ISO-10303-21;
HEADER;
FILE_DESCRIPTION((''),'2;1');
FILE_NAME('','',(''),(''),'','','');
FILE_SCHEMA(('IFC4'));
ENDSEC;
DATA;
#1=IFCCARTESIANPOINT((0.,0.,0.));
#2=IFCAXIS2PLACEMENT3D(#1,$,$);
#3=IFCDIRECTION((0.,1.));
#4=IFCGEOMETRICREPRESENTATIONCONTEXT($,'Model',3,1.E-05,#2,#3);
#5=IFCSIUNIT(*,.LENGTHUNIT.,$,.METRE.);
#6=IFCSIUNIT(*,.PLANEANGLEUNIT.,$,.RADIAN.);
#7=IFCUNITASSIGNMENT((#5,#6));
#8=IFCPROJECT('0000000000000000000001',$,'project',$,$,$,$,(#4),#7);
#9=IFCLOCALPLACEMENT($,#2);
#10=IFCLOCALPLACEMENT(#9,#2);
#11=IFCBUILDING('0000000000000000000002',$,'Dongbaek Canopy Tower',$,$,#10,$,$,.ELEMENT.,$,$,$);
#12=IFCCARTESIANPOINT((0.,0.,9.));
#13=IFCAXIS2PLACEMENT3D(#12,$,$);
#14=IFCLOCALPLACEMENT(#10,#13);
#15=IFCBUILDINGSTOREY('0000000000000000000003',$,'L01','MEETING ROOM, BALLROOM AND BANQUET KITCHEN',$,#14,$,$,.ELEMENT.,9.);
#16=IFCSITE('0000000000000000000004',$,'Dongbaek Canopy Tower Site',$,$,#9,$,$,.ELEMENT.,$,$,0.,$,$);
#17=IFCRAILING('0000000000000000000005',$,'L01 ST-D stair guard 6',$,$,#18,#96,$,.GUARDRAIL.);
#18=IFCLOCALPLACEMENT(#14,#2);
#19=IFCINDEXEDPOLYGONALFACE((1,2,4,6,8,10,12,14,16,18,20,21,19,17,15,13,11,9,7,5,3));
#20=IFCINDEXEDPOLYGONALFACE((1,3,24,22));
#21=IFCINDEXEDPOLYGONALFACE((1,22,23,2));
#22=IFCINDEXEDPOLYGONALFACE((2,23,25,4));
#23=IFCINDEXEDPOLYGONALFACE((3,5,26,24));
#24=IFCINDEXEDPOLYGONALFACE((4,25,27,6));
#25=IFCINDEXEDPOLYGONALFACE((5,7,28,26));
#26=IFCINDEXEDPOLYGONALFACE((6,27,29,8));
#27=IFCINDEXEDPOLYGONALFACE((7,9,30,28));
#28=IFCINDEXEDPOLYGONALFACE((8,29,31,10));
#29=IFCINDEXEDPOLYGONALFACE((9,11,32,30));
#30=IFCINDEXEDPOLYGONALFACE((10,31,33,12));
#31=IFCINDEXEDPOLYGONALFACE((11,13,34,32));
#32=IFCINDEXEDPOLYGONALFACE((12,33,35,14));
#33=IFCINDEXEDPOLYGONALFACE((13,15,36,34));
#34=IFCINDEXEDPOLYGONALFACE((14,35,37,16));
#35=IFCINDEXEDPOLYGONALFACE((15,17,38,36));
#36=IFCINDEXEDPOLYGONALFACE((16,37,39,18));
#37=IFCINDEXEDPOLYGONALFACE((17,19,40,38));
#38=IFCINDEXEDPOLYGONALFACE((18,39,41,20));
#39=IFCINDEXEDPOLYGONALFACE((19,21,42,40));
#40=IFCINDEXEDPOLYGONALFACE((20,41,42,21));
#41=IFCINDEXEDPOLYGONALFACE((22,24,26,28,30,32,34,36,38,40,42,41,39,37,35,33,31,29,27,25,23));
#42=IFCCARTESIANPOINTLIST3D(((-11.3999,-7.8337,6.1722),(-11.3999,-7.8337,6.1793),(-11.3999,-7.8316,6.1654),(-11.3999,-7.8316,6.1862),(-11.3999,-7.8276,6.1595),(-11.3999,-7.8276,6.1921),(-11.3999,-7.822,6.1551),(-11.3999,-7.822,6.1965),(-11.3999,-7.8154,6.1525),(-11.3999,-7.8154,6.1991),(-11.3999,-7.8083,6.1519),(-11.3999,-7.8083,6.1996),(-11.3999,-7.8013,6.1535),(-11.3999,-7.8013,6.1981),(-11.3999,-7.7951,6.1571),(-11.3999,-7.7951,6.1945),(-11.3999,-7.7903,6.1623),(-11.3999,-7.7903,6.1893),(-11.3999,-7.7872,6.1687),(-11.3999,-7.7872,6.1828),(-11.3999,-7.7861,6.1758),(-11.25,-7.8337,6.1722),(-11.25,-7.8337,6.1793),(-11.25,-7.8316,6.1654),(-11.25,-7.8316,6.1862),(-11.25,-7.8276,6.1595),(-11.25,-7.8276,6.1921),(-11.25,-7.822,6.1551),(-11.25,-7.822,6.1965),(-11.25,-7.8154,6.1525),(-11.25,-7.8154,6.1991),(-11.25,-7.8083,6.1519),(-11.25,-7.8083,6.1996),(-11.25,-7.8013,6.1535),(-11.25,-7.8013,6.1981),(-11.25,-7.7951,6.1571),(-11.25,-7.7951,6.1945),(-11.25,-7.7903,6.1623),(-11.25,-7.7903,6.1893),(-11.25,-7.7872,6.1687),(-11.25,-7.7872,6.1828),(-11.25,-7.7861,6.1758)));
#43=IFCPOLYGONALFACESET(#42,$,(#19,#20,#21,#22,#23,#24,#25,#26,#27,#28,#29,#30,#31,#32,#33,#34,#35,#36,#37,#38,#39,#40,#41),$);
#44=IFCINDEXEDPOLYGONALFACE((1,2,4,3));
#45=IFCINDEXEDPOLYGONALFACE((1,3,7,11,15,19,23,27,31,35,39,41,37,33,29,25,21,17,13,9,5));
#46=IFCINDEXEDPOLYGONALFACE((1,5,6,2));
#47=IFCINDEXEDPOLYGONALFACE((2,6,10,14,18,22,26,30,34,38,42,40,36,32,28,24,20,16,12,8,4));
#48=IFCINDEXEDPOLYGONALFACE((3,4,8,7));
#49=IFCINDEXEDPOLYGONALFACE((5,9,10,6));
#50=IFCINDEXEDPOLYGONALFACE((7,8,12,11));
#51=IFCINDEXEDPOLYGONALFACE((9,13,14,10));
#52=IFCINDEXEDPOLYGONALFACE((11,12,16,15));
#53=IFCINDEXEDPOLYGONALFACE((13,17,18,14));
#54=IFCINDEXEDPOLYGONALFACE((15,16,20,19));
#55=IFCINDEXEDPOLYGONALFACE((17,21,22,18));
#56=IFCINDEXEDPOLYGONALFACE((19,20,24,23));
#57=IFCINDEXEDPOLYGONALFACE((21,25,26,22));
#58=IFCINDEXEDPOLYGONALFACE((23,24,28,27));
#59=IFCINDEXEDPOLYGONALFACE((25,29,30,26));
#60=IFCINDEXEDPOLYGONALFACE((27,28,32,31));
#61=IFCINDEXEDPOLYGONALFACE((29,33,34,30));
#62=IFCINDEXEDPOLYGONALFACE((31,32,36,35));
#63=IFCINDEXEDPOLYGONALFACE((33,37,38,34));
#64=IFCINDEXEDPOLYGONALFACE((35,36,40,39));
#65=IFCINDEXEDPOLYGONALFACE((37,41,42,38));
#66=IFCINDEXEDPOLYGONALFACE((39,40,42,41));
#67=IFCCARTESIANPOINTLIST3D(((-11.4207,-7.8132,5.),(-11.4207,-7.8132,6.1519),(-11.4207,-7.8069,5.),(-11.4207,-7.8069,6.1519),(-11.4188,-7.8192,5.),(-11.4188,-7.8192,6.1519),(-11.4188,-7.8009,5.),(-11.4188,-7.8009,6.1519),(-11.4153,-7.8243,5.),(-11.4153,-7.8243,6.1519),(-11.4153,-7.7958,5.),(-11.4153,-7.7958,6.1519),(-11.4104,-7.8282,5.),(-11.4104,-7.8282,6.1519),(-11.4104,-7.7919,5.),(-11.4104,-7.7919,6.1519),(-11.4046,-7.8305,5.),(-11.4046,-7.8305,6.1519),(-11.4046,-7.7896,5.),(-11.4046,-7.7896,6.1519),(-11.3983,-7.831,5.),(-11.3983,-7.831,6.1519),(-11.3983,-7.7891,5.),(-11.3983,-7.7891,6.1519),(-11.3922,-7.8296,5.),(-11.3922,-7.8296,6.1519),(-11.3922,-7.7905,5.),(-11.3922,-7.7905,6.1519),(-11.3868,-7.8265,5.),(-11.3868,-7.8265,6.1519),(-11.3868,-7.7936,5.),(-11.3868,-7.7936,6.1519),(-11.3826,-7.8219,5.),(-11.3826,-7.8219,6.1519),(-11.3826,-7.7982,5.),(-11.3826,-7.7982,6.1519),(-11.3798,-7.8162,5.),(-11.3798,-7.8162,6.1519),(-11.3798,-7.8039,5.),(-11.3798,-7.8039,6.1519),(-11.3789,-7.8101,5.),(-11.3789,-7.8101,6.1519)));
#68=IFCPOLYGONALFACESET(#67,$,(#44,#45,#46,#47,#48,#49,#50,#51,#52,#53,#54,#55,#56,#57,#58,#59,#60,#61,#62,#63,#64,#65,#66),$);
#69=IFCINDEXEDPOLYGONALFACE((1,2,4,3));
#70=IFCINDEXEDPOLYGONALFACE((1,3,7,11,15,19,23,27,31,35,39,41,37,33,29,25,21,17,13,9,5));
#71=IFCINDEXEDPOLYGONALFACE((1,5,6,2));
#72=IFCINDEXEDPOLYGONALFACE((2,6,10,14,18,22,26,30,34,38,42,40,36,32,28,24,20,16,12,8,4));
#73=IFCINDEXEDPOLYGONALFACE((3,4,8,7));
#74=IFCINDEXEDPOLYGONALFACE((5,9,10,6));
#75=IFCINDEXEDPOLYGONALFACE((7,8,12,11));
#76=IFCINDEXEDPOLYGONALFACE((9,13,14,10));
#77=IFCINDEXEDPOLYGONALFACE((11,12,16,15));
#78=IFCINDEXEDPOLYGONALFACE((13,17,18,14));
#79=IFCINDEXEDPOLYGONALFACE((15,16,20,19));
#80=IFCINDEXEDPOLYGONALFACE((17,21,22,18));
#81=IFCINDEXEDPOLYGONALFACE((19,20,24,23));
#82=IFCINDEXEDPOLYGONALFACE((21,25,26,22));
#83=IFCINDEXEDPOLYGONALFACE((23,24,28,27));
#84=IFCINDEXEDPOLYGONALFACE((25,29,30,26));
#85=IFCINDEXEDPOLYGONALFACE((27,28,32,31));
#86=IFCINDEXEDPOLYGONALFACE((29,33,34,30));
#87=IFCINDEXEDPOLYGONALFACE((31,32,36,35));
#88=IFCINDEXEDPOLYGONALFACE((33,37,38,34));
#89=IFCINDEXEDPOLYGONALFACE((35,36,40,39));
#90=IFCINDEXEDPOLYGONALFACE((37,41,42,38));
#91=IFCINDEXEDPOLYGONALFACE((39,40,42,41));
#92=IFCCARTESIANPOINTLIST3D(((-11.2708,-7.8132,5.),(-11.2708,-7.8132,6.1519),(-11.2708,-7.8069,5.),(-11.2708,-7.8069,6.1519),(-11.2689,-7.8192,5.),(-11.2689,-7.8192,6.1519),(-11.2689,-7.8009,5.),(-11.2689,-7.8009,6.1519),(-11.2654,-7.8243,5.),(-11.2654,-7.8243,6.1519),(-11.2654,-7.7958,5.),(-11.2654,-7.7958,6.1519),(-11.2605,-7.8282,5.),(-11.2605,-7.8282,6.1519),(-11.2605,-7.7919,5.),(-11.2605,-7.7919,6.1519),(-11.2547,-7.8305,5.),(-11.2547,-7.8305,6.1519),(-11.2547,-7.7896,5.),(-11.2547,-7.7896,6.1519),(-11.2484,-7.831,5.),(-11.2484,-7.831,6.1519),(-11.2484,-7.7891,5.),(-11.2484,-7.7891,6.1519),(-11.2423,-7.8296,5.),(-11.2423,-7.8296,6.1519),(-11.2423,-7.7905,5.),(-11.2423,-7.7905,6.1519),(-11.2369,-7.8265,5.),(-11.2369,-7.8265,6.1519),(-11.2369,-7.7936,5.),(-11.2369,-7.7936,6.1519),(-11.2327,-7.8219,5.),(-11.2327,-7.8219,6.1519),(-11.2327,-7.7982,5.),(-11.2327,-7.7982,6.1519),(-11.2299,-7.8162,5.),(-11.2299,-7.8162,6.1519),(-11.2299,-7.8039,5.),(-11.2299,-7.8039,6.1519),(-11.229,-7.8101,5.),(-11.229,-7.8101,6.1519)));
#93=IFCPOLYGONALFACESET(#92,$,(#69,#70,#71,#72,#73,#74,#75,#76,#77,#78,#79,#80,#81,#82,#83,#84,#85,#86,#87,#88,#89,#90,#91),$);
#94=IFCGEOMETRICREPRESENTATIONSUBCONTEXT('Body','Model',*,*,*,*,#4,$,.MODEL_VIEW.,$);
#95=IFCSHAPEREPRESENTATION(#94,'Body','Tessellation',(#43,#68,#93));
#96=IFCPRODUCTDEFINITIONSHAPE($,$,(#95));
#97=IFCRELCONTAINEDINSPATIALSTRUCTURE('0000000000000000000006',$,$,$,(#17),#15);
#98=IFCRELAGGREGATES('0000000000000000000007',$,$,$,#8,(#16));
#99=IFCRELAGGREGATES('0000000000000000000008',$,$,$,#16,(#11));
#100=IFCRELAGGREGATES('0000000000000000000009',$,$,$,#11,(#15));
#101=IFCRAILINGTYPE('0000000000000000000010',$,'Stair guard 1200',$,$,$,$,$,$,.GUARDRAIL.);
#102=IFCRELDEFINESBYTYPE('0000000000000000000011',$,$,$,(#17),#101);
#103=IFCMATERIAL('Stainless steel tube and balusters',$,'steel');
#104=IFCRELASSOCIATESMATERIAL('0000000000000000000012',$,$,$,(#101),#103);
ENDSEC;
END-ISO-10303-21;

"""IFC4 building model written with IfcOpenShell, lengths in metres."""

from ifc_helpers import new_model, si_unit, direction, frame, origin, origin_2d, place, context, subcontext, project, spatial, circle, extrude, material, type_object, element, save


model = new_model("IFC4")

# Units and contexts
model_context = context("Model", 3, precision=1e-05, world=origin(), true_north=direction((0.0, 1.0)))
body_context = subcontext(model_context, "Body", "Model", "MODEL_VIEW")
ifc_project = project(units=[si_unit("LENGTHUNIT", "METRE"), si_unit("PLANEANGLEUNIT", "RADIAN")], contexts=[model_context])

# Site, building, storey
site_placement = place(None, origin())
site = spatial("IfcSite", under=ifc_project, at=site_placement, Name="Dongbaek Canopy Tower Site", CompositionType="ELEMENT", RefElevation=0.0)
building_placement = place(site_placement, origin())
building = spatial("IfcBuilding", under=site, at=building_placement, Name="Dongbaek Canopy Tower", CompositionType="ELEMENT")
storey_placement = place(building_placement, frame((0.0, 0.0, 9.0)))
storey = spatial("IfcBuildingStorey", under=building, at=storey_placement, Name="L01", Description="MEETING ROOM, BALLROOM AND BANQUET KITCHEN", CompositionType="ELEMENT", Elevation=9.0)

# Railing
ifc_material_1 = material(Name="Stainless steel tube and balusters", Category="steel")
railing_type_1 = type_object("IfcRailingType", Name="Stair guard 1200", PredefinedType="GUARDRAIL", material=ifc_material_1)
railing_1_placement = place(storey_placement, frame((-11.3999, -7.8101, 5.0)))
element("IfcRailing", 1, at=railing_1_placement, inside=storey, type_object=railing_type_1, Name="L01 ST-D stair guard 6", PredefinedType="GUARDRAIL", context=body_context, shape_type="SweptSolid", body=[
    extrude(circle(Radius=0.0239, at=origin_2d()), frame((0.0, 0.0, 1.1758), z_axis=(1.0, 0.0, 0.0), x_axis=(0.0, 1.0, 0.0)), (0.0, 0.0, 1.0), 0.1499),
    extrude(circle(Radius=0.021, at=origin_2d()), origin(), (0.0, 0.0, 1.0), 1.1519),
    extrude(circle(Radius=0.021, at=origin_2d()), frame((0.1499, 0.0, 0.0)), (0.0, 0.0, 1.0), 1.1519),
])

save(model, "model.ifc")
